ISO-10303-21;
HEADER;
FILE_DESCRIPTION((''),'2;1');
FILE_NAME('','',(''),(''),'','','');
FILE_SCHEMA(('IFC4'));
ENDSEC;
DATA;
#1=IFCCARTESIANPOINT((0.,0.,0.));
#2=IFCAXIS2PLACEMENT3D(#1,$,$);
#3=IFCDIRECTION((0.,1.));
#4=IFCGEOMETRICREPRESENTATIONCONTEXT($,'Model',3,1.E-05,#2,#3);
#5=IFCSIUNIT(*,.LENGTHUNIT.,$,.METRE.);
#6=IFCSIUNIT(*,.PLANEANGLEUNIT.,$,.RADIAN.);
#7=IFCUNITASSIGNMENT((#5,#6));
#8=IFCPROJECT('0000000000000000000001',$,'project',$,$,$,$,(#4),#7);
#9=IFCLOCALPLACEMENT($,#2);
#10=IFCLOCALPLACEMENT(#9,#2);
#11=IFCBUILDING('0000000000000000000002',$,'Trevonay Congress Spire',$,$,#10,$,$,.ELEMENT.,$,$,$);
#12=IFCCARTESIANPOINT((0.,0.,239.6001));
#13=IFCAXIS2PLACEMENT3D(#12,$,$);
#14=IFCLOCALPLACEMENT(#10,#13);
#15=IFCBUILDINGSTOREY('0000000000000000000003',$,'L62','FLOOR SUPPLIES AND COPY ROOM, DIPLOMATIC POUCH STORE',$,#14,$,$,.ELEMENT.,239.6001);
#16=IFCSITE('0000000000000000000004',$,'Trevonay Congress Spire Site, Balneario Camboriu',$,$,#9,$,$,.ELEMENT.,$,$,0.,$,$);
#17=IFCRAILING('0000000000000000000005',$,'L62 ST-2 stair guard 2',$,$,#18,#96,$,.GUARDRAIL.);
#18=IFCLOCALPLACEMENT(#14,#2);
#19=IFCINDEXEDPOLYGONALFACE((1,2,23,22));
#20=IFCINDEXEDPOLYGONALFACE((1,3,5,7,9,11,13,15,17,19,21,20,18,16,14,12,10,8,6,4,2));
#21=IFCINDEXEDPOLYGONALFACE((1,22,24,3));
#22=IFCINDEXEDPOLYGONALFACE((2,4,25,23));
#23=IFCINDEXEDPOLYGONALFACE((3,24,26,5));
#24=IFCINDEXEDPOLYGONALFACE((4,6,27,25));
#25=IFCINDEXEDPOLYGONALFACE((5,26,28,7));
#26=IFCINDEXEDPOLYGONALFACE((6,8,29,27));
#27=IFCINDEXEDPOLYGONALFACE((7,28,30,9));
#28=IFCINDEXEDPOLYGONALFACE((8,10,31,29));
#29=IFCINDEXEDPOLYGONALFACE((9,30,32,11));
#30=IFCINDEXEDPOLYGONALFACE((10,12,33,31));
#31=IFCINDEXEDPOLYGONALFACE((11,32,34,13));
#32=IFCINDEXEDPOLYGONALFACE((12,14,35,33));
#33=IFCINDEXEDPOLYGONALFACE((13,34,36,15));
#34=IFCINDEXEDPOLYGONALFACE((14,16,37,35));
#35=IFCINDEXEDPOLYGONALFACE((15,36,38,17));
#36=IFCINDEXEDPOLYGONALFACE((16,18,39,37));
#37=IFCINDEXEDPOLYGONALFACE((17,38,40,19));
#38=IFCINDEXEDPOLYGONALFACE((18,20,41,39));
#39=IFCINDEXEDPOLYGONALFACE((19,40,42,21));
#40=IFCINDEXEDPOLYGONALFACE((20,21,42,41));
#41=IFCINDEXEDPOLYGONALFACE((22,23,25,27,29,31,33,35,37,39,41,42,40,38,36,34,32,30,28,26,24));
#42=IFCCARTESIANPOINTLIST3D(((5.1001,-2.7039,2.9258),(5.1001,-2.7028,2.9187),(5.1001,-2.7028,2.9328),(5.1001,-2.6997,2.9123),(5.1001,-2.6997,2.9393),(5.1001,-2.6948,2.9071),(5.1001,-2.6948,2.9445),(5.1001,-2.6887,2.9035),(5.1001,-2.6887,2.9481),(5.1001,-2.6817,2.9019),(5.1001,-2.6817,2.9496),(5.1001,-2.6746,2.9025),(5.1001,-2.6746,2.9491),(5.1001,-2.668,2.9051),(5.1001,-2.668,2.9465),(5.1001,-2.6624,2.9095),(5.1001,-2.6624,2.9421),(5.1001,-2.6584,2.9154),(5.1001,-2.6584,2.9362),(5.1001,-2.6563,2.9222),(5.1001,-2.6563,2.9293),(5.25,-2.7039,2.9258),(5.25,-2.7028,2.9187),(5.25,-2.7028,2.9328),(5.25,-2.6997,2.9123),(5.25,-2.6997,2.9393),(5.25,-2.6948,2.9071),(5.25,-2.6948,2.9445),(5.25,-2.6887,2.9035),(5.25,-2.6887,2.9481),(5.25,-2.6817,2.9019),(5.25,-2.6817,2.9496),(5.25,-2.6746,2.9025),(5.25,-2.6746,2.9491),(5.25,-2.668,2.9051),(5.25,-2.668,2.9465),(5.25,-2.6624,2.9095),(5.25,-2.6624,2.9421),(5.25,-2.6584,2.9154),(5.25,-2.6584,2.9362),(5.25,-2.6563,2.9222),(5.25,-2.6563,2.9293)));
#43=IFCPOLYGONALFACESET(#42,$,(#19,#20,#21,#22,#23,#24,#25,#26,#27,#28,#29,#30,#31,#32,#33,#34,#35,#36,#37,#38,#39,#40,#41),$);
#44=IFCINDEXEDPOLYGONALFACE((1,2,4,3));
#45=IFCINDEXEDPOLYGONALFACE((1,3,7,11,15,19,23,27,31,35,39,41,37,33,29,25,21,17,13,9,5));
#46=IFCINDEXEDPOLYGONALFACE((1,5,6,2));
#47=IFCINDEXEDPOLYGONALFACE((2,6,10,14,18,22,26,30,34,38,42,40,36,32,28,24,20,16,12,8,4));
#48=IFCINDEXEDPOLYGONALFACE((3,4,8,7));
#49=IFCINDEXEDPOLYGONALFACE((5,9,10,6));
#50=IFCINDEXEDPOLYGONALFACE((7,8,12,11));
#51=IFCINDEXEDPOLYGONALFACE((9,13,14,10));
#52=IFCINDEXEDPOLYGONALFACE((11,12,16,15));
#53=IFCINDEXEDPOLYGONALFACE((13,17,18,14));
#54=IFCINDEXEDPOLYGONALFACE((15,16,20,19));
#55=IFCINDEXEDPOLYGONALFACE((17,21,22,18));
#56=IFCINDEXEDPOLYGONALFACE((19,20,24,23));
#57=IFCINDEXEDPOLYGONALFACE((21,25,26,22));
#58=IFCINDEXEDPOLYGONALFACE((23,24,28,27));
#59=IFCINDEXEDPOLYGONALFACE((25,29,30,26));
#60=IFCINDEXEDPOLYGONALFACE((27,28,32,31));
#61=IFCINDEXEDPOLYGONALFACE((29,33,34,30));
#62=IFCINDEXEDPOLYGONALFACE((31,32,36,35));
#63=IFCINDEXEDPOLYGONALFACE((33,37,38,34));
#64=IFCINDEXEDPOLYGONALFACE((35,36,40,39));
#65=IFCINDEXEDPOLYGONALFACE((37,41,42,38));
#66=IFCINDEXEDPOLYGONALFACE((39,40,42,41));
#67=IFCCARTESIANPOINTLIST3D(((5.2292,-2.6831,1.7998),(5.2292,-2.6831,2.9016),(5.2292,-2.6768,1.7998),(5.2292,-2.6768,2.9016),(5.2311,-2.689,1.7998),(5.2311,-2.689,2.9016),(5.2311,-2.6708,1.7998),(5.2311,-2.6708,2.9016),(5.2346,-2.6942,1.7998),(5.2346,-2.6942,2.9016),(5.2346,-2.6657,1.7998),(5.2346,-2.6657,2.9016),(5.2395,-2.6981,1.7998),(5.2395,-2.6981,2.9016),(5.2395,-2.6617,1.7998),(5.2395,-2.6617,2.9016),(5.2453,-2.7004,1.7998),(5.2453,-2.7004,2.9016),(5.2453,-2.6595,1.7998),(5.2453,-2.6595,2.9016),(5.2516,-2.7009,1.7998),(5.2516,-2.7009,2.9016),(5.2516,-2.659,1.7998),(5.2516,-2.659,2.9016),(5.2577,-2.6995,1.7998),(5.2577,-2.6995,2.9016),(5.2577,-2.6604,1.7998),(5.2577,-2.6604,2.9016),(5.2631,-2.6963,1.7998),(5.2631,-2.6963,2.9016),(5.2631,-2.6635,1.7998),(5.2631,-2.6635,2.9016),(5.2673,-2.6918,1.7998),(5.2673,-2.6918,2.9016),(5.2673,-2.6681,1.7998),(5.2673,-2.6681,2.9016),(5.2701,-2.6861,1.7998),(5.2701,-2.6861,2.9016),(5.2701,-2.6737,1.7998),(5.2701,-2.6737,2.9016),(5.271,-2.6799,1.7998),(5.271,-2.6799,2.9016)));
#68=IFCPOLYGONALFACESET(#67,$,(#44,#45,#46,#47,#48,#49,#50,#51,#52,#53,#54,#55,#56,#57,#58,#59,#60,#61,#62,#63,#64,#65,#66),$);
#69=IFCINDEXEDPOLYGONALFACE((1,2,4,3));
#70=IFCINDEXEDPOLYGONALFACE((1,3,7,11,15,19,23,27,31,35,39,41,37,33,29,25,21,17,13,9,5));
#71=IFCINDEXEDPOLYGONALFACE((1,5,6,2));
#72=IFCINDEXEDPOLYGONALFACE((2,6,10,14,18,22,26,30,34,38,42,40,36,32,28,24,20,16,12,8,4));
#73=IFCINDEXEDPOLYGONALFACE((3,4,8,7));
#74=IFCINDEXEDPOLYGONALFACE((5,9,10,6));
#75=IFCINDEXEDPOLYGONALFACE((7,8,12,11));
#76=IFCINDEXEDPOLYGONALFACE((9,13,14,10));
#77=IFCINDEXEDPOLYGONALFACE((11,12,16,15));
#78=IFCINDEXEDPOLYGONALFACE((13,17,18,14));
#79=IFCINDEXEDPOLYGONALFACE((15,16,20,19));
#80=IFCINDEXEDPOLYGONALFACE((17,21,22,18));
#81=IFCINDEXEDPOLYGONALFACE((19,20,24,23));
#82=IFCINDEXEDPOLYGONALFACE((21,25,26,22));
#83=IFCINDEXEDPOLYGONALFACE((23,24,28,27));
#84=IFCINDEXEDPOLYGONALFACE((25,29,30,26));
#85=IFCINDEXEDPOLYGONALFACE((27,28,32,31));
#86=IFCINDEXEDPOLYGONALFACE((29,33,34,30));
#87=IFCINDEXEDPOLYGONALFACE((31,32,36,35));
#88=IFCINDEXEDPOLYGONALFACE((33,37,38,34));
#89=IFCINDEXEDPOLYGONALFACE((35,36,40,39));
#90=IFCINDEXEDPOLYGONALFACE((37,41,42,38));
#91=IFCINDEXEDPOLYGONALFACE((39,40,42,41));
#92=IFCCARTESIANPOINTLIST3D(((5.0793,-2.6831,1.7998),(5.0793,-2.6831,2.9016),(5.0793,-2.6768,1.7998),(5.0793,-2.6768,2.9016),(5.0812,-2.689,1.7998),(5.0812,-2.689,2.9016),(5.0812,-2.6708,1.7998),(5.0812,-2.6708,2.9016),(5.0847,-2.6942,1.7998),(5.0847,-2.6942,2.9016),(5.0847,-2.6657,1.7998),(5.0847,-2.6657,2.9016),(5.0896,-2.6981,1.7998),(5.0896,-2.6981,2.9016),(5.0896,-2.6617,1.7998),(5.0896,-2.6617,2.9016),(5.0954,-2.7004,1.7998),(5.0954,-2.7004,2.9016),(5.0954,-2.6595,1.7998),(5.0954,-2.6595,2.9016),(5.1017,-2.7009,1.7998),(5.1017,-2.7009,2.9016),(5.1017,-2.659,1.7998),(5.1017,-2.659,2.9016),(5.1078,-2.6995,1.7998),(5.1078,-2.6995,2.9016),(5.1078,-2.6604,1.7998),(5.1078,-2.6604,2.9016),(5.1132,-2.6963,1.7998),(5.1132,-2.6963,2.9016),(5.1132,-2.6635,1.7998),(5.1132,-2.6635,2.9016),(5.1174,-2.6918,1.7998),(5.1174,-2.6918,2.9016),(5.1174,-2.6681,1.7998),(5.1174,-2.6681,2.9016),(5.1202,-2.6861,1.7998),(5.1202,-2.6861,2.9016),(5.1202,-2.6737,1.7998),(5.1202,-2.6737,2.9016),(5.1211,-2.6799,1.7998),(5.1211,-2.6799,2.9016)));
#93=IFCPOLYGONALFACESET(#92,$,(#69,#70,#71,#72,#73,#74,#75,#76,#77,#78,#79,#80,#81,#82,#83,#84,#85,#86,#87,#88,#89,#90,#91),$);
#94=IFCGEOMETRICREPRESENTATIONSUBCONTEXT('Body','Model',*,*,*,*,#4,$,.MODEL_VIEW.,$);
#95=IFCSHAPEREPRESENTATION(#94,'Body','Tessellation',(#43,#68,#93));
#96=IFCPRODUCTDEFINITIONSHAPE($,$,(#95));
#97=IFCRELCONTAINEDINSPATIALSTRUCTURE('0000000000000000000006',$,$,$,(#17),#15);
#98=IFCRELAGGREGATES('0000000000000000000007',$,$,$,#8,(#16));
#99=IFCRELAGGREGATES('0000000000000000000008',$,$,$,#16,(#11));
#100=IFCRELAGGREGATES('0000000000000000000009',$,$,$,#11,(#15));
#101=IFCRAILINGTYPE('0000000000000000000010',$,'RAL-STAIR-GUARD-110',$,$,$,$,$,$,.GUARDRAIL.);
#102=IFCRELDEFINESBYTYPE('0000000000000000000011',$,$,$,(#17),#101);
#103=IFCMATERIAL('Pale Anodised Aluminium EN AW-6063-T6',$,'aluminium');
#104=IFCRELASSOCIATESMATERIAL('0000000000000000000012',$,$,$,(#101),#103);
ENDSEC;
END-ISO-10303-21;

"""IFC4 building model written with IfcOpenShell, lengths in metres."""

from ifc_helpers import new_model, si_unit, direction, frame, origin, origin_2d, place, context, subcontext, project, spatial, circle, extrude, material, type_object, element, save


model = new_model("IFC4")

# Units and contexts
model_context = context("Model", 3, precision=1e-05, world=origin(), true_north=direction((0.0, 1.0)))
body_context = subcontext(model_context, "Body", "Model", "MODEL_VIEW")
ifc_project = project(units=[si_unit("LENGTHUNIT", "METRE"), si_unit("PLANEANGLEUNIT", "RADIAN")], contexts=[model_context])

# Site, building, storey
site_placement = place(None, origin())
site = spatial("IfcSite", under=ifc_project, at=site_placement, Name="Trevonay Congress Spire Site, Balneario Camboriu", CompositionType="ELEMENT", RefElevation=0.0)
building_placement = place(site_placement, origin())
building = spatial("IfcBuilding", under=site, at=building_placement, Name="Trevonay Congress Spire", CompositionType="ELEMENT")
storey_placement = place(building_placement, frame((0.0, 0.0, 239.6001)))
storey = spatial("IfcBuildingStorey", under=building, at=storey_placement, Name="L62", Description="FLOOR SUPPLIES AND COPY ROOM, DIPLOMATIC POUCH STORE", CompositionType="ELEMENT", Elevation=239.6001)

# Shared definitions
ifc_material_1 = material(Name="Pale Anodised Aluminium EN AW-6063-T6", Category="aluminium")

# Railing
railing_type_1 = type_object("IfcRailingType", Name="RAL-STAIR-GUARD-110", PredefinedType="GUARDRAIL", material=ifc_material_1)
railing_1_placement = place(storey_placement, frame((5.25, -2.6799, 1.7998)))
element("IfcRailing", 1, at=railing_1_placement, inside=storey, type_object=railing_type_1, Name="L62 ST-2 stair guard 2", PredefinedType="GUARDRAIL", context=body_context, shape_type="SweptSolid", body=[
    extrude(circle(Radius=0.0239, at=origin_2d()), frame((0.0, 0.0, 1.126), z_axis=(-1.0, 0.0, 0.0), x_axis=(0.0, -1.0, 0.0)), (0.0, 0.0, 1.0), 0.1499),
    extrude(circle(Radius=0.021, at=origin_2d()), origin(), (0.0, 0.0, 1.0), 1.1018),
    extrude(circle(Radius=0.021, at=origin_2d()), frame((-0.1499, 0.0, 0.0)), (0.0, 0.0, 1.0), 1.1018),
])

save(model, "model.ifc")
